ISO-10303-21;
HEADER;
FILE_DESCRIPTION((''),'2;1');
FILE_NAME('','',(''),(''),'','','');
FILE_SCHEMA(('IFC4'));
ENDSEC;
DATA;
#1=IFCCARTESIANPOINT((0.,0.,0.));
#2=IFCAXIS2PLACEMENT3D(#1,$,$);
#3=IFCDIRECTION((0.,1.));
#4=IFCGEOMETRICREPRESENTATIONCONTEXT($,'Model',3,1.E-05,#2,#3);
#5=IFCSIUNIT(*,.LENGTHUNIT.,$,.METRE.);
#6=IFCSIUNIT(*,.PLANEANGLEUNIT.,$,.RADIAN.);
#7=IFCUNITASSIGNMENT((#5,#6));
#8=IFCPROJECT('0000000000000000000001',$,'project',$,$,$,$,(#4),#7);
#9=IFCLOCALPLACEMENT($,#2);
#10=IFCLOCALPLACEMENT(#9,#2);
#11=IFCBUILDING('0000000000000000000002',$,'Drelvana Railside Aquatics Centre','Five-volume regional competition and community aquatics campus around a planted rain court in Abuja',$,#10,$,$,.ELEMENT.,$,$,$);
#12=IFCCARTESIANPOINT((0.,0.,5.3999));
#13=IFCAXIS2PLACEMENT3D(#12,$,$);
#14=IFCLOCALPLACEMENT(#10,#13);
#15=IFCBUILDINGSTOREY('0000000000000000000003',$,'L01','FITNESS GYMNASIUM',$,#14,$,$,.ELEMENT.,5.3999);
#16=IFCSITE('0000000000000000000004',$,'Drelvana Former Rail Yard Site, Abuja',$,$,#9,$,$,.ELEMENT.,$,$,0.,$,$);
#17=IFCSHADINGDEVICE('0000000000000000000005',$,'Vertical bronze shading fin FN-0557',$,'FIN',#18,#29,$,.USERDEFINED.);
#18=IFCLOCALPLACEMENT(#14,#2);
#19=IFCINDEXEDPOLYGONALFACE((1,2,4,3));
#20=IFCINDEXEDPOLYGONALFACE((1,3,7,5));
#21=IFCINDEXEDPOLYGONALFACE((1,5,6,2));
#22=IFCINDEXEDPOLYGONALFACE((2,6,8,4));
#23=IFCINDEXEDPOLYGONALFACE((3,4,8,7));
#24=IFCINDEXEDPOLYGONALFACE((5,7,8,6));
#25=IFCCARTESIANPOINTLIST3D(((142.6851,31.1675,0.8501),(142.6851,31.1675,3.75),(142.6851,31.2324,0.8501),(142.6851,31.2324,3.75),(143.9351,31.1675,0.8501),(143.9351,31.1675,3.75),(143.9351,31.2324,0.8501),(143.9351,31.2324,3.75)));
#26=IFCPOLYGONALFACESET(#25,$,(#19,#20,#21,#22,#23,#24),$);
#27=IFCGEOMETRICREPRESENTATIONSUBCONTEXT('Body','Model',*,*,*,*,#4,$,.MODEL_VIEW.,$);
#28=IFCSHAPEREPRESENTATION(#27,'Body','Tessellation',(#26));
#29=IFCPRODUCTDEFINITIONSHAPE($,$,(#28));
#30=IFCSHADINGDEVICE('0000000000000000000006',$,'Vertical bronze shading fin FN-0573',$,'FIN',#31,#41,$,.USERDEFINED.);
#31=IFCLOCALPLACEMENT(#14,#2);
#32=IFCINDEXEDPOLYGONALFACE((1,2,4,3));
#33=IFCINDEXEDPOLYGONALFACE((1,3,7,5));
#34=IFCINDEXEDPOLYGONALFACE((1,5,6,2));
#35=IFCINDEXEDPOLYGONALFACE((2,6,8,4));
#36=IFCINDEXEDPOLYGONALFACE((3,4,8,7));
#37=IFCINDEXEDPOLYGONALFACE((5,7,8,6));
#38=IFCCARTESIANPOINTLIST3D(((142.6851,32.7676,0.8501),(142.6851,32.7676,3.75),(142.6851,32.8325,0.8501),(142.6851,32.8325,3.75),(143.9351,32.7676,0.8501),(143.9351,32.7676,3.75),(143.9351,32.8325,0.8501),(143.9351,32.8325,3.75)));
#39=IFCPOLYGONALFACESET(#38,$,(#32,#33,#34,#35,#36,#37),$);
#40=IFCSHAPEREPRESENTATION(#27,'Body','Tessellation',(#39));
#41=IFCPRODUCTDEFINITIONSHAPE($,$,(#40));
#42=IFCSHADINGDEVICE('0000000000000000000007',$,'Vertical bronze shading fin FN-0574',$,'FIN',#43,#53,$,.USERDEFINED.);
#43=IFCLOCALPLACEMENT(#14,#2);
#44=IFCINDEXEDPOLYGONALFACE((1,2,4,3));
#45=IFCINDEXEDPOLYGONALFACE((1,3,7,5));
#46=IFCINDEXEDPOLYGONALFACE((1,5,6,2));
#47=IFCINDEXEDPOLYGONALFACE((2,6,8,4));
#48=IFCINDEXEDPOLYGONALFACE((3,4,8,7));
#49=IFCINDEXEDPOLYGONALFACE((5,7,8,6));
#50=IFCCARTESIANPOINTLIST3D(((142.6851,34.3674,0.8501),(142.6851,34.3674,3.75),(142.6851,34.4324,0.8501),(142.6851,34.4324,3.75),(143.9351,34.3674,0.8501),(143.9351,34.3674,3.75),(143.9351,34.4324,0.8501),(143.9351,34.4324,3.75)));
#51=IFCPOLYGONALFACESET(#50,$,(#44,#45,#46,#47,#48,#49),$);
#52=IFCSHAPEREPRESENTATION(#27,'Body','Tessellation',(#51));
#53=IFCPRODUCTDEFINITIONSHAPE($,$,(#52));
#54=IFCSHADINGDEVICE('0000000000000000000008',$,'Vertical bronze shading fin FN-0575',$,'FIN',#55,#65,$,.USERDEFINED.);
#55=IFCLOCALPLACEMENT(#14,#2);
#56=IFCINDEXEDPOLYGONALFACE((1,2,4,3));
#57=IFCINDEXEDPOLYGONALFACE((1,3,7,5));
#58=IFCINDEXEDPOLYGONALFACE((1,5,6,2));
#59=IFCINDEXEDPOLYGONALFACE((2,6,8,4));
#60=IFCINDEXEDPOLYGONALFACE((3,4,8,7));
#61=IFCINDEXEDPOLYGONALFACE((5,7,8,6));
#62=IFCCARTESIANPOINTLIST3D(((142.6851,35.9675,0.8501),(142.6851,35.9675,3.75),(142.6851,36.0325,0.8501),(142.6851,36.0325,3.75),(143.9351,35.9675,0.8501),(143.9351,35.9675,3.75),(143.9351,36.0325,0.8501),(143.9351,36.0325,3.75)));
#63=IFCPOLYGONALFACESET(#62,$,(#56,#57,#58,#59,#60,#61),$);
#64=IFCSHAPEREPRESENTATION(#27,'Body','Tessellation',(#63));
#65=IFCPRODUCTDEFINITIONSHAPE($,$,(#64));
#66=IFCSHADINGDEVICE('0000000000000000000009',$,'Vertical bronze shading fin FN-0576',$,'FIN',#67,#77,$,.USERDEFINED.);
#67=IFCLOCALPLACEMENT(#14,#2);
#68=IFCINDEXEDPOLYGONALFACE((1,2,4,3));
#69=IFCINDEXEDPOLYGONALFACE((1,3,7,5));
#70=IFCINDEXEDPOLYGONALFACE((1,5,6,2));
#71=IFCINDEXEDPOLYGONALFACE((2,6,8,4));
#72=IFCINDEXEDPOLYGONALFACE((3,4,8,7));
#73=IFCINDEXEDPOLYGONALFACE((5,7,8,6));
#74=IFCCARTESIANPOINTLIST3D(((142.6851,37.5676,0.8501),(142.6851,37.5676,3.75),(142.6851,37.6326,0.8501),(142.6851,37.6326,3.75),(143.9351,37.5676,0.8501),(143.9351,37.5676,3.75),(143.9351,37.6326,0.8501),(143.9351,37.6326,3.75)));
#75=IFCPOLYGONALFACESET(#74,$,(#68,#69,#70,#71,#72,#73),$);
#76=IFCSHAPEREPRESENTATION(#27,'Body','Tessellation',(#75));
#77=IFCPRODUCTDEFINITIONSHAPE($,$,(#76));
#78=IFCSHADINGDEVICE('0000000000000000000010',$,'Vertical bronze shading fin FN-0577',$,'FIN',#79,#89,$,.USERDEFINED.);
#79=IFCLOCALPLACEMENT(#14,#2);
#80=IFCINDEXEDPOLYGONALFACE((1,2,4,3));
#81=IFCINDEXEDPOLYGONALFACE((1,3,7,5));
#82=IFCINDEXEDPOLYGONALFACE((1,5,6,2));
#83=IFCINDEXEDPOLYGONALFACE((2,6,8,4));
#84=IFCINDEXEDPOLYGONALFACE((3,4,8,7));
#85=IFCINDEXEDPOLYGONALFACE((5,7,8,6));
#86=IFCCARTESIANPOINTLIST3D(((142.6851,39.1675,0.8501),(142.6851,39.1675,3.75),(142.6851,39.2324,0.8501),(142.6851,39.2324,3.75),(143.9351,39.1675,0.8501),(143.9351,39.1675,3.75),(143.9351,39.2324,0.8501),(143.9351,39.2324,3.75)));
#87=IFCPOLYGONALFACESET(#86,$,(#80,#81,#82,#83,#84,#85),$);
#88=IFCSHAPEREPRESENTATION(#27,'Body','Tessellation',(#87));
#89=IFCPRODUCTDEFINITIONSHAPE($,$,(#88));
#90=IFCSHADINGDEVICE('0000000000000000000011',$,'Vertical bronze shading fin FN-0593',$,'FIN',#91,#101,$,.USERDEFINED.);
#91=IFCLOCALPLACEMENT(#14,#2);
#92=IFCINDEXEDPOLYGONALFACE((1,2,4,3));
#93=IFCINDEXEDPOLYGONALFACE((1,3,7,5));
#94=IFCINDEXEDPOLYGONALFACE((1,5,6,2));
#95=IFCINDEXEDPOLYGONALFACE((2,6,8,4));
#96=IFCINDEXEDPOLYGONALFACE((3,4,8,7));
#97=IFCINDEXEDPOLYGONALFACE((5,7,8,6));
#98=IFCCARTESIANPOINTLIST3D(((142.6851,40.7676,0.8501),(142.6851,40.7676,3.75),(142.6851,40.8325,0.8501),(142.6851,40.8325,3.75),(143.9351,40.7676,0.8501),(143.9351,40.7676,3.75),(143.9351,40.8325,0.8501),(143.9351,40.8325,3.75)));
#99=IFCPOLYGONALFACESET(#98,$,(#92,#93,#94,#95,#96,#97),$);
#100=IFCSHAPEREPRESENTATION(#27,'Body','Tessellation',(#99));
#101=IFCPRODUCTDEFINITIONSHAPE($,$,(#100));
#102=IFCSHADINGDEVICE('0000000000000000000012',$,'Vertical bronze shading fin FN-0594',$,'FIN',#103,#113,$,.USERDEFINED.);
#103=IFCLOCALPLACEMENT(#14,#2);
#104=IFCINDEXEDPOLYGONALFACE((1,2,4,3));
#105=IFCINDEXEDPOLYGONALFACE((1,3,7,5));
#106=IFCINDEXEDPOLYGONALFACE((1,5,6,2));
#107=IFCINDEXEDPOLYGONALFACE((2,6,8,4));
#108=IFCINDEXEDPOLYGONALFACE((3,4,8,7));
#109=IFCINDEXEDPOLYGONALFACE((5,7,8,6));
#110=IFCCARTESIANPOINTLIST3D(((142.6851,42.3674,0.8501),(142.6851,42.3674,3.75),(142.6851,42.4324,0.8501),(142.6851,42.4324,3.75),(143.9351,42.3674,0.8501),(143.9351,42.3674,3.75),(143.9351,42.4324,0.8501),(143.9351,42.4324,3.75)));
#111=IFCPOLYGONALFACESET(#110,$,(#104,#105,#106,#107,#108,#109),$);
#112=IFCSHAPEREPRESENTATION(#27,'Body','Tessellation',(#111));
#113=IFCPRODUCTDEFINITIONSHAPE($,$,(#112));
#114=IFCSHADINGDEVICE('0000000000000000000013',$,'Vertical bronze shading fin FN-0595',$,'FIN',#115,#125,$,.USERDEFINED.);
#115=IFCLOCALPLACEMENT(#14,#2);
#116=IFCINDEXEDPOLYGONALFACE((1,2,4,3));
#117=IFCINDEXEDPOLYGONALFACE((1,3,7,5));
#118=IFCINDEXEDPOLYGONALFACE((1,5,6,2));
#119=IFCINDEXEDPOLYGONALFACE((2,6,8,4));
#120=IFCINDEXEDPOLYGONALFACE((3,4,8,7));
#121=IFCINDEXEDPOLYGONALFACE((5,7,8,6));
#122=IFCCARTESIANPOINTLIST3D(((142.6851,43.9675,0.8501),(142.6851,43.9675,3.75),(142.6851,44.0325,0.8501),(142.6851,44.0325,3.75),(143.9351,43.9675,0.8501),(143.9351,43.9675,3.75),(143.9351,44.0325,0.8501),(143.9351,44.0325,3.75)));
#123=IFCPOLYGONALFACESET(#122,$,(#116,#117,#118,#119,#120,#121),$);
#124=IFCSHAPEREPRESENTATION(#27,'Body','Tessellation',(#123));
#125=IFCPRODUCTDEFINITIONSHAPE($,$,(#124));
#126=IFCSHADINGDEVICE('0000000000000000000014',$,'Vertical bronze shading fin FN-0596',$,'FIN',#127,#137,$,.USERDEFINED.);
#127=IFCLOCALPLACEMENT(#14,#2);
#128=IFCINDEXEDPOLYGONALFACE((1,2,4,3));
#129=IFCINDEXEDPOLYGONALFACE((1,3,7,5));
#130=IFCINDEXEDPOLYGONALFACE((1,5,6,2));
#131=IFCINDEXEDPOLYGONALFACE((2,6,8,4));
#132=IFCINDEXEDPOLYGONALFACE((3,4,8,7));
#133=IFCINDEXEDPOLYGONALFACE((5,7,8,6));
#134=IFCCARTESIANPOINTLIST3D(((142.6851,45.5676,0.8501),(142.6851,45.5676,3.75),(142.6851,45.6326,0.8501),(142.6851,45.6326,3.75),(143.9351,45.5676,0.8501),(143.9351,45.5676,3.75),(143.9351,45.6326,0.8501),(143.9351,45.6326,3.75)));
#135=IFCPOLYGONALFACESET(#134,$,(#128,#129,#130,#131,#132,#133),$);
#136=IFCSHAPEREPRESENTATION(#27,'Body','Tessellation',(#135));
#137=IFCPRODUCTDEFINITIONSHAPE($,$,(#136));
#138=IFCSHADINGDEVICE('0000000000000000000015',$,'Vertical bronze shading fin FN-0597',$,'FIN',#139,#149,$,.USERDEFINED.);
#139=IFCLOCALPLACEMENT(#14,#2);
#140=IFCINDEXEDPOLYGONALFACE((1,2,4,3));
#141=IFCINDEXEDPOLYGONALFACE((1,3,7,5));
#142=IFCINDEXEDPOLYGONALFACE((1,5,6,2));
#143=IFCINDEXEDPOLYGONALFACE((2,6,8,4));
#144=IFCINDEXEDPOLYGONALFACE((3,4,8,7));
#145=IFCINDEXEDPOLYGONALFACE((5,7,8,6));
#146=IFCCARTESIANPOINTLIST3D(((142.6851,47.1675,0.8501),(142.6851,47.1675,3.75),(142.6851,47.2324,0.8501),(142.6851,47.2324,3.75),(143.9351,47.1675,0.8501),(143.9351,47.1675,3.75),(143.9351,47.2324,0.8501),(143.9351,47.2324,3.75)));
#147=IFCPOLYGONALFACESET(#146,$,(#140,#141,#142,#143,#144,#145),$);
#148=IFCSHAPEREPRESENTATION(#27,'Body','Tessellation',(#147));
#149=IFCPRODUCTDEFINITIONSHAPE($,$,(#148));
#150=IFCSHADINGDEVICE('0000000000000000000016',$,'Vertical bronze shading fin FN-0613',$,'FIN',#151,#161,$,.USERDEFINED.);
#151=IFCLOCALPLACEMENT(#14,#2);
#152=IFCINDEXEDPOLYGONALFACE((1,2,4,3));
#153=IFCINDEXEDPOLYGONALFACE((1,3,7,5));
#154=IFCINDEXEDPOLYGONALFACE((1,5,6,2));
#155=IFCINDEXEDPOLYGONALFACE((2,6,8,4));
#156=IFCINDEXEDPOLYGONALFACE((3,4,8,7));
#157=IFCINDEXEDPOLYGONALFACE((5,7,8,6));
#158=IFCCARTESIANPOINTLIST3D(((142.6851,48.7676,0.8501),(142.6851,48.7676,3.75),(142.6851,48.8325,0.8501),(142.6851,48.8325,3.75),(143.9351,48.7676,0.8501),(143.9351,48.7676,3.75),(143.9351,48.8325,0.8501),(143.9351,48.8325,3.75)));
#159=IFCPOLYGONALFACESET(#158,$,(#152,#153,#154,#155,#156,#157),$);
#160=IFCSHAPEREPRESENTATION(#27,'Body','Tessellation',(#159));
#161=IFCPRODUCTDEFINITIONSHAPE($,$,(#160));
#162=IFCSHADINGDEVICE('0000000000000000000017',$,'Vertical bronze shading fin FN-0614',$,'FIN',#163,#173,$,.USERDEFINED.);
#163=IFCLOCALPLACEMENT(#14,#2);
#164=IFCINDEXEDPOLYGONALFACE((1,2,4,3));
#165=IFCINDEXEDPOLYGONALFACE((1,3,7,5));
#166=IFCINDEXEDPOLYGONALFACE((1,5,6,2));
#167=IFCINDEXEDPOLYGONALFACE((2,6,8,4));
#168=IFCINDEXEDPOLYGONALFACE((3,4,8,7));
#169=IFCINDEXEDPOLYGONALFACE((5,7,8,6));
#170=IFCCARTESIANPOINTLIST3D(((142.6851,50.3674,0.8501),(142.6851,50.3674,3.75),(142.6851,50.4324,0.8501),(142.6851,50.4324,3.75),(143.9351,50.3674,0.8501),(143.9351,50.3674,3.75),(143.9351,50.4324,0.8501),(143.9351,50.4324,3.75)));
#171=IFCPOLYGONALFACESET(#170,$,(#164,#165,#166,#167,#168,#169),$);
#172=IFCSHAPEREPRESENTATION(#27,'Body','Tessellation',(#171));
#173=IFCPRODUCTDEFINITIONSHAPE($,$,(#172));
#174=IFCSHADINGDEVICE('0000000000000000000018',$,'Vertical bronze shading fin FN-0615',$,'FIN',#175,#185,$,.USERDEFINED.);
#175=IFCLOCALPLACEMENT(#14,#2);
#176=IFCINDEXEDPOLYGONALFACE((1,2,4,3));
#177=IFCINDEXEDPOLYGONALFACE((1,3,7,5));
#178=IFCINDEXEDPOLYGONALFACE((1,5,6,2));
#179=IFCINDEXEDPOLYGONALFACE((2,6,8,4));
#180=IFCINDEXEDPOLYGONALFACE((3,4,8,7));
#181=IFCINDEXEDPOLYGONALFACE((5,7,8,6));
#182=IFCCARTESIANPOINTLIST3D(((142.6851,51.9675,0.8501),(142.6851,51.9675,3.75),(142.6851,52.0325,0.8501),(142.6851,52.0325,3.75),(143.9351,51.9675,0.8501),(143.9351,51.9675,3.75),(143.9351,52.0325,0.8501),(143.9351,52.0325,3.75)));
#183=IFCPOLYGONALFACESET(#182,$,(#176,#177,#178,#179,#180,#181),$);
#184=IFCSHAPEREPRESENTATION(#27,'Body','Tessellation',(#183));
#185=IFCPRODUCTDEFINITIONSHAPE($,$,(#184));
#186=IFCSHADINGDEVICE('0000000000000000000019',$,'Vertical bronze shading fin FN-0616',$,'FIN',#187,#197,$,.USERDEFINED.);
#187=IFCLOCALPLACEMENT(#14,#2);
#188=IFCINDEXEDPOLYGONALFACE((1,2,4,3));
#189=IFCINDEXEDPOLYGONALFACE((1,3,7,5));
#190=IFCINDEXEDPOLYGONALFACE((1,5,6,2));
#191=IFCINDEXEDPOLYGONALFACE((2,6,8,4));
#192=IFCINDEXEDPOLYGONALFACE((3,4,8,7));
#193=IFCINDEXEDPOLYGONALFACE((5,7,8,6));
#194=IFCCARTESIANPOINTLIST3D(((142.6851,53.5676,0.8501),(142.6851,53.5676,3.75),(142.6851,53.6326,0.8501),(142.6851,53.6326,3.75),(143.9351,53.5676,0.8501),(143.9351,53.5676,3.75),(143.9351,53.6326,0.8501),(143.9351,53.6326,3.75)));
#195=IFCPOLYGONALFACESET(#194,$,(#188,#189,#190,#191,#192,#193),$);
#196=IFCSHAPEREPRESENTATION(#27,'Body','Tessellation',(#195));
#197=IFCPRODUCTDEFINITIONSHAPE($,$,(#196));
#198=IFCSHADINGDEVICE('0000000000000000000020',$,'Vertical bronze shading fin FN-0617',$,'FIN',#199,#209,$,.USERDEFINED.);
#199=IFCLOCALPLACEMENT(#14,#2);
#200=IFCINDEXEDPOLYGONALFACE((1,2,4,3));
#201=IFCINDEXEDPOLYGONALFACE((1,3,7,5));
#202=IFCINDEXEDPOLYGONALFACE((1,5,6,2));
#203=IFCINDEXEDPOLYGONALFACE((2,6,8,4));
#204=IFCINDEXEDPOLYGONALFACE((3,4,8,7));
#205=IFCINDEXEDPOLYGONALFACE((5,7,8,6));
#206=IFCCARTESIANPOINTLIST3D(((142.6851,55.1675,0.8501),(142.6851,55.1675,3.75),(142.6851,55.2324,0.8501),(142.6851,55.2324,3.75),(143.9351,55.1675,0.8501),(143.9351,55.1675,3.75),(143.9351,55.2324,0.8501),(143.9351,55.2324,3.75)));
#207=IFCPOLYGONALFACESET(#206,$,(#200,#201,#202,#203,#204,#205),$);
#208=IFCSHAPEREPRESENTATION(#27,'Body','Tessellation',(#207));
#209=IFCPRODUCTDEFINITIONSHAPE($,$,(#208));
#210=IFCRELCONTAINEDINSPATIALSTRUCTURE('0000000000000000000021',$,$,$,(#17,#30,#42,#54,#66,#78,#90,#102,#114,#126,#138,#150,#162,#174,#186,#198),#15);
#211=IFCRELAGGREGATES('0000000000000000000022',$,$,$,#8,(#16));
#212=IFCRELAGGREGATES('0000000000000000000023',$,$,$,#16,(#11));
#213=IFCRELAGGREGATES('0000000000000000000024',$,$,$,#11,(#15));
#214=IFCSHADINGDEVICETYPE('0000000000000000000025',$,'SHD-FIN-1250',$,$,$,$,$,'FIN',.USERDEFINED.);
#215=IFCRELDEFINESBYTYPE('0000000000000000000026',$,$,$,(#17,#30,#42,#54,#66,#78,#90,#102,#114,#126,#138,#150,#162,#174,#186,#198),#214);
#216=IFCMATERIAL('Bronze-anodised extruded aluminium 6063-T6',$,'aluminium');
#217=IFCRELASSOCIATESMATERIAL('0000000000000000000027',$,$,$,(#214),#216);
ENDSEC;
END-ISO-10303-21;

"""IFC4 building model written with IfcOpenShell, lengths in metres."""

from ifc_helpers import new_model, si_unit, direction, frame, origin, origin_2d, place, context, subcontext, project, spatial, rectangle, extrude, material, type_object, element, save


model = new_model("IFC4")

# Units and contexts
model_context = context("Model", 3, precision=1e-05, world=origin(), true_north=direction((0.0, 1.0)))
body_context = subcontext(model_context, "Body", "Model", "MODEL_VIEW")
ifc_project = project(units=[si_unit("LENGTHUNIT", "METRE"), si_unit("PLANEANGLEUNIT", "RADIAN")], contexts=[model_context])

# Site, building, storey
site_placement = place(None, origin())
site = spatial("IfcSite", under=ifc_project, at=site_placement, Name="Drelvana Former Rail Yard Site, Abuja", CompositionType="ELEMENT", RefElevation=0.0)
building_placement = place(site_placement, origin())
building = spatial("IfcBuilding", under=site, at=building_placement, Name="Drelvana Railside Aquatics Centre", Description="Five-volume regional competition and community aquatics campus around a planted rain court in Abuja", CompositionType="ELEMENT")
storey_placement = place(building_placement, frame((0.0, 0.0, 5.3999)))
storey = spatial("IfcBuildingStorey", under=building, at=storey_placement, Name="L01", Description="FITNESS GYMNASIUM", CompositionType="ELEMENT", Elevation=5.3999)

# Shared definitions
ifc_material_1 = material(Name="Bronze-anodised extruded aluminium 6063-T6", Category="aluminium")

# Shading devices
shading_device_type = type_object("IfcShadingDeviceType", Name="SHD-FIN-1250", ElementType="FIN", PredefinedType="USERDEFINED", material=ifc_material_1)
for number, where, z_axis, x_axis, name in (
    (1, (143.3101, 31.2, 0.8501), (0.0, 0.0, 1.0), (-1.0, 0.0, 0.0), "Vertical bronze shading fin FN-0557"),
    (2, (143.3101, 32.8, 0.8501), (0.0, 0.0, 1.0), (-1.0, 0.0, 0.0), "Vertical bronze shading fin FN-0573"),
    (3, (143.3101, 34.3999, 0.8501), (0.0, 0.0, 1.0), (-1.0, 0.0, 0.0), "Vertical bronze shading fin FN-0574"),
    (4, (143.3101, 36.0, 0.8501), (0.0, 0.0, 1.0), (-1.0, 0.0, 0.0), "Vertical bronze shading fin FN-0575"),
    (5, (143.3101, 37.6001, 0.8501), (0.0, 0.0, 1.0), (-1.0, 0.0, 0.0), "Vertical bronze shading fin FN-0576"),
    (6, (143.3101, 39.2, 0.8501), (0.0, 0.0, 1.0), (-1.0, 0.0, 0.0), "Vertical bronze shading fin FN-0577"),
    (7, (143.3101, 40.8, 0.8501), (0.0, 0.0, 1.0), (-1.0, 0.0, 0.0), "Vertical bronze shading fin FN-0593"),
    (8, (143.3101, 42.3999, 0.8501), (0.0, 0.0, 1.0), (-1.0, 0.0, 0.0), "Vertical bronze shading fin FN-0594"),
    (9, (143.3101, 44.0, 0.8501), (0.0, 0.0, 1.0), (-1.0, 0.0, 0.0), "Vertical bronze shading fin FN-0595"),
    (10, (143.3101, 45.6001, 0.8501), (0.0, 0.0, 1.0), (-1.0, 0.0, 0.0), "Vertical bronze shading fin FN-0596"),
    (11, (143.3101, 47.2, 0.8501), (0.0, 0.0, 1.0), (-1.0, 0.0, 0.0), "Vertical bronze shading fin FN-0597"),
    (12, (143.3101, 48.8, 0.8501), (0.0, 0.0, 1.0), (-1.0, 0.0, 0.0), "Vertical bronze shading fin FN-0613"),
    (13, (143.3101, 50.3999, 0.8501), (0.0, 0.0, 1.0), (-1.0, 0.0, 0.0), "Vertical bronze shading fin FN-0614"),
    (14, (143.3101, 52.0, 0.8501), (0.0, 0.0, 1.0), (-1.0, 0.0, 0.0), "Vertical bronze shading fin FN-0615"),
    (15, (143.3101, 53.6001, 0.8501), (0.0, 0.0, 1.0), (-1.0, 0.0, 0.0), "Vertical bronze shading fin FN-0616"),
    (16, (143.3101, 55.2, 0.8501), (0.0, 0.0, 1.0), (-1.0, 0.0, 0.0), "Vertical bronze shading fin FN-0617"),
):
    element("IfcShadingDevice", number, at=place(storey_placement, frame(where, z_axis=z_axis, x_axis=x_axis)), inside=storey, type_object=shading_device_type, Name=name, ObjectType="FIN", PredefinedType="USERDEFINED", context=body_context, shape_type="SweptSolid", body=[
        extrude(rectangle(XDim=1.25, YDim=0.0649, at=origin_2d()), origin(), (0.0, 0.0, 1.0), 2.8999),
    ])

save(model, "model.ifc")
